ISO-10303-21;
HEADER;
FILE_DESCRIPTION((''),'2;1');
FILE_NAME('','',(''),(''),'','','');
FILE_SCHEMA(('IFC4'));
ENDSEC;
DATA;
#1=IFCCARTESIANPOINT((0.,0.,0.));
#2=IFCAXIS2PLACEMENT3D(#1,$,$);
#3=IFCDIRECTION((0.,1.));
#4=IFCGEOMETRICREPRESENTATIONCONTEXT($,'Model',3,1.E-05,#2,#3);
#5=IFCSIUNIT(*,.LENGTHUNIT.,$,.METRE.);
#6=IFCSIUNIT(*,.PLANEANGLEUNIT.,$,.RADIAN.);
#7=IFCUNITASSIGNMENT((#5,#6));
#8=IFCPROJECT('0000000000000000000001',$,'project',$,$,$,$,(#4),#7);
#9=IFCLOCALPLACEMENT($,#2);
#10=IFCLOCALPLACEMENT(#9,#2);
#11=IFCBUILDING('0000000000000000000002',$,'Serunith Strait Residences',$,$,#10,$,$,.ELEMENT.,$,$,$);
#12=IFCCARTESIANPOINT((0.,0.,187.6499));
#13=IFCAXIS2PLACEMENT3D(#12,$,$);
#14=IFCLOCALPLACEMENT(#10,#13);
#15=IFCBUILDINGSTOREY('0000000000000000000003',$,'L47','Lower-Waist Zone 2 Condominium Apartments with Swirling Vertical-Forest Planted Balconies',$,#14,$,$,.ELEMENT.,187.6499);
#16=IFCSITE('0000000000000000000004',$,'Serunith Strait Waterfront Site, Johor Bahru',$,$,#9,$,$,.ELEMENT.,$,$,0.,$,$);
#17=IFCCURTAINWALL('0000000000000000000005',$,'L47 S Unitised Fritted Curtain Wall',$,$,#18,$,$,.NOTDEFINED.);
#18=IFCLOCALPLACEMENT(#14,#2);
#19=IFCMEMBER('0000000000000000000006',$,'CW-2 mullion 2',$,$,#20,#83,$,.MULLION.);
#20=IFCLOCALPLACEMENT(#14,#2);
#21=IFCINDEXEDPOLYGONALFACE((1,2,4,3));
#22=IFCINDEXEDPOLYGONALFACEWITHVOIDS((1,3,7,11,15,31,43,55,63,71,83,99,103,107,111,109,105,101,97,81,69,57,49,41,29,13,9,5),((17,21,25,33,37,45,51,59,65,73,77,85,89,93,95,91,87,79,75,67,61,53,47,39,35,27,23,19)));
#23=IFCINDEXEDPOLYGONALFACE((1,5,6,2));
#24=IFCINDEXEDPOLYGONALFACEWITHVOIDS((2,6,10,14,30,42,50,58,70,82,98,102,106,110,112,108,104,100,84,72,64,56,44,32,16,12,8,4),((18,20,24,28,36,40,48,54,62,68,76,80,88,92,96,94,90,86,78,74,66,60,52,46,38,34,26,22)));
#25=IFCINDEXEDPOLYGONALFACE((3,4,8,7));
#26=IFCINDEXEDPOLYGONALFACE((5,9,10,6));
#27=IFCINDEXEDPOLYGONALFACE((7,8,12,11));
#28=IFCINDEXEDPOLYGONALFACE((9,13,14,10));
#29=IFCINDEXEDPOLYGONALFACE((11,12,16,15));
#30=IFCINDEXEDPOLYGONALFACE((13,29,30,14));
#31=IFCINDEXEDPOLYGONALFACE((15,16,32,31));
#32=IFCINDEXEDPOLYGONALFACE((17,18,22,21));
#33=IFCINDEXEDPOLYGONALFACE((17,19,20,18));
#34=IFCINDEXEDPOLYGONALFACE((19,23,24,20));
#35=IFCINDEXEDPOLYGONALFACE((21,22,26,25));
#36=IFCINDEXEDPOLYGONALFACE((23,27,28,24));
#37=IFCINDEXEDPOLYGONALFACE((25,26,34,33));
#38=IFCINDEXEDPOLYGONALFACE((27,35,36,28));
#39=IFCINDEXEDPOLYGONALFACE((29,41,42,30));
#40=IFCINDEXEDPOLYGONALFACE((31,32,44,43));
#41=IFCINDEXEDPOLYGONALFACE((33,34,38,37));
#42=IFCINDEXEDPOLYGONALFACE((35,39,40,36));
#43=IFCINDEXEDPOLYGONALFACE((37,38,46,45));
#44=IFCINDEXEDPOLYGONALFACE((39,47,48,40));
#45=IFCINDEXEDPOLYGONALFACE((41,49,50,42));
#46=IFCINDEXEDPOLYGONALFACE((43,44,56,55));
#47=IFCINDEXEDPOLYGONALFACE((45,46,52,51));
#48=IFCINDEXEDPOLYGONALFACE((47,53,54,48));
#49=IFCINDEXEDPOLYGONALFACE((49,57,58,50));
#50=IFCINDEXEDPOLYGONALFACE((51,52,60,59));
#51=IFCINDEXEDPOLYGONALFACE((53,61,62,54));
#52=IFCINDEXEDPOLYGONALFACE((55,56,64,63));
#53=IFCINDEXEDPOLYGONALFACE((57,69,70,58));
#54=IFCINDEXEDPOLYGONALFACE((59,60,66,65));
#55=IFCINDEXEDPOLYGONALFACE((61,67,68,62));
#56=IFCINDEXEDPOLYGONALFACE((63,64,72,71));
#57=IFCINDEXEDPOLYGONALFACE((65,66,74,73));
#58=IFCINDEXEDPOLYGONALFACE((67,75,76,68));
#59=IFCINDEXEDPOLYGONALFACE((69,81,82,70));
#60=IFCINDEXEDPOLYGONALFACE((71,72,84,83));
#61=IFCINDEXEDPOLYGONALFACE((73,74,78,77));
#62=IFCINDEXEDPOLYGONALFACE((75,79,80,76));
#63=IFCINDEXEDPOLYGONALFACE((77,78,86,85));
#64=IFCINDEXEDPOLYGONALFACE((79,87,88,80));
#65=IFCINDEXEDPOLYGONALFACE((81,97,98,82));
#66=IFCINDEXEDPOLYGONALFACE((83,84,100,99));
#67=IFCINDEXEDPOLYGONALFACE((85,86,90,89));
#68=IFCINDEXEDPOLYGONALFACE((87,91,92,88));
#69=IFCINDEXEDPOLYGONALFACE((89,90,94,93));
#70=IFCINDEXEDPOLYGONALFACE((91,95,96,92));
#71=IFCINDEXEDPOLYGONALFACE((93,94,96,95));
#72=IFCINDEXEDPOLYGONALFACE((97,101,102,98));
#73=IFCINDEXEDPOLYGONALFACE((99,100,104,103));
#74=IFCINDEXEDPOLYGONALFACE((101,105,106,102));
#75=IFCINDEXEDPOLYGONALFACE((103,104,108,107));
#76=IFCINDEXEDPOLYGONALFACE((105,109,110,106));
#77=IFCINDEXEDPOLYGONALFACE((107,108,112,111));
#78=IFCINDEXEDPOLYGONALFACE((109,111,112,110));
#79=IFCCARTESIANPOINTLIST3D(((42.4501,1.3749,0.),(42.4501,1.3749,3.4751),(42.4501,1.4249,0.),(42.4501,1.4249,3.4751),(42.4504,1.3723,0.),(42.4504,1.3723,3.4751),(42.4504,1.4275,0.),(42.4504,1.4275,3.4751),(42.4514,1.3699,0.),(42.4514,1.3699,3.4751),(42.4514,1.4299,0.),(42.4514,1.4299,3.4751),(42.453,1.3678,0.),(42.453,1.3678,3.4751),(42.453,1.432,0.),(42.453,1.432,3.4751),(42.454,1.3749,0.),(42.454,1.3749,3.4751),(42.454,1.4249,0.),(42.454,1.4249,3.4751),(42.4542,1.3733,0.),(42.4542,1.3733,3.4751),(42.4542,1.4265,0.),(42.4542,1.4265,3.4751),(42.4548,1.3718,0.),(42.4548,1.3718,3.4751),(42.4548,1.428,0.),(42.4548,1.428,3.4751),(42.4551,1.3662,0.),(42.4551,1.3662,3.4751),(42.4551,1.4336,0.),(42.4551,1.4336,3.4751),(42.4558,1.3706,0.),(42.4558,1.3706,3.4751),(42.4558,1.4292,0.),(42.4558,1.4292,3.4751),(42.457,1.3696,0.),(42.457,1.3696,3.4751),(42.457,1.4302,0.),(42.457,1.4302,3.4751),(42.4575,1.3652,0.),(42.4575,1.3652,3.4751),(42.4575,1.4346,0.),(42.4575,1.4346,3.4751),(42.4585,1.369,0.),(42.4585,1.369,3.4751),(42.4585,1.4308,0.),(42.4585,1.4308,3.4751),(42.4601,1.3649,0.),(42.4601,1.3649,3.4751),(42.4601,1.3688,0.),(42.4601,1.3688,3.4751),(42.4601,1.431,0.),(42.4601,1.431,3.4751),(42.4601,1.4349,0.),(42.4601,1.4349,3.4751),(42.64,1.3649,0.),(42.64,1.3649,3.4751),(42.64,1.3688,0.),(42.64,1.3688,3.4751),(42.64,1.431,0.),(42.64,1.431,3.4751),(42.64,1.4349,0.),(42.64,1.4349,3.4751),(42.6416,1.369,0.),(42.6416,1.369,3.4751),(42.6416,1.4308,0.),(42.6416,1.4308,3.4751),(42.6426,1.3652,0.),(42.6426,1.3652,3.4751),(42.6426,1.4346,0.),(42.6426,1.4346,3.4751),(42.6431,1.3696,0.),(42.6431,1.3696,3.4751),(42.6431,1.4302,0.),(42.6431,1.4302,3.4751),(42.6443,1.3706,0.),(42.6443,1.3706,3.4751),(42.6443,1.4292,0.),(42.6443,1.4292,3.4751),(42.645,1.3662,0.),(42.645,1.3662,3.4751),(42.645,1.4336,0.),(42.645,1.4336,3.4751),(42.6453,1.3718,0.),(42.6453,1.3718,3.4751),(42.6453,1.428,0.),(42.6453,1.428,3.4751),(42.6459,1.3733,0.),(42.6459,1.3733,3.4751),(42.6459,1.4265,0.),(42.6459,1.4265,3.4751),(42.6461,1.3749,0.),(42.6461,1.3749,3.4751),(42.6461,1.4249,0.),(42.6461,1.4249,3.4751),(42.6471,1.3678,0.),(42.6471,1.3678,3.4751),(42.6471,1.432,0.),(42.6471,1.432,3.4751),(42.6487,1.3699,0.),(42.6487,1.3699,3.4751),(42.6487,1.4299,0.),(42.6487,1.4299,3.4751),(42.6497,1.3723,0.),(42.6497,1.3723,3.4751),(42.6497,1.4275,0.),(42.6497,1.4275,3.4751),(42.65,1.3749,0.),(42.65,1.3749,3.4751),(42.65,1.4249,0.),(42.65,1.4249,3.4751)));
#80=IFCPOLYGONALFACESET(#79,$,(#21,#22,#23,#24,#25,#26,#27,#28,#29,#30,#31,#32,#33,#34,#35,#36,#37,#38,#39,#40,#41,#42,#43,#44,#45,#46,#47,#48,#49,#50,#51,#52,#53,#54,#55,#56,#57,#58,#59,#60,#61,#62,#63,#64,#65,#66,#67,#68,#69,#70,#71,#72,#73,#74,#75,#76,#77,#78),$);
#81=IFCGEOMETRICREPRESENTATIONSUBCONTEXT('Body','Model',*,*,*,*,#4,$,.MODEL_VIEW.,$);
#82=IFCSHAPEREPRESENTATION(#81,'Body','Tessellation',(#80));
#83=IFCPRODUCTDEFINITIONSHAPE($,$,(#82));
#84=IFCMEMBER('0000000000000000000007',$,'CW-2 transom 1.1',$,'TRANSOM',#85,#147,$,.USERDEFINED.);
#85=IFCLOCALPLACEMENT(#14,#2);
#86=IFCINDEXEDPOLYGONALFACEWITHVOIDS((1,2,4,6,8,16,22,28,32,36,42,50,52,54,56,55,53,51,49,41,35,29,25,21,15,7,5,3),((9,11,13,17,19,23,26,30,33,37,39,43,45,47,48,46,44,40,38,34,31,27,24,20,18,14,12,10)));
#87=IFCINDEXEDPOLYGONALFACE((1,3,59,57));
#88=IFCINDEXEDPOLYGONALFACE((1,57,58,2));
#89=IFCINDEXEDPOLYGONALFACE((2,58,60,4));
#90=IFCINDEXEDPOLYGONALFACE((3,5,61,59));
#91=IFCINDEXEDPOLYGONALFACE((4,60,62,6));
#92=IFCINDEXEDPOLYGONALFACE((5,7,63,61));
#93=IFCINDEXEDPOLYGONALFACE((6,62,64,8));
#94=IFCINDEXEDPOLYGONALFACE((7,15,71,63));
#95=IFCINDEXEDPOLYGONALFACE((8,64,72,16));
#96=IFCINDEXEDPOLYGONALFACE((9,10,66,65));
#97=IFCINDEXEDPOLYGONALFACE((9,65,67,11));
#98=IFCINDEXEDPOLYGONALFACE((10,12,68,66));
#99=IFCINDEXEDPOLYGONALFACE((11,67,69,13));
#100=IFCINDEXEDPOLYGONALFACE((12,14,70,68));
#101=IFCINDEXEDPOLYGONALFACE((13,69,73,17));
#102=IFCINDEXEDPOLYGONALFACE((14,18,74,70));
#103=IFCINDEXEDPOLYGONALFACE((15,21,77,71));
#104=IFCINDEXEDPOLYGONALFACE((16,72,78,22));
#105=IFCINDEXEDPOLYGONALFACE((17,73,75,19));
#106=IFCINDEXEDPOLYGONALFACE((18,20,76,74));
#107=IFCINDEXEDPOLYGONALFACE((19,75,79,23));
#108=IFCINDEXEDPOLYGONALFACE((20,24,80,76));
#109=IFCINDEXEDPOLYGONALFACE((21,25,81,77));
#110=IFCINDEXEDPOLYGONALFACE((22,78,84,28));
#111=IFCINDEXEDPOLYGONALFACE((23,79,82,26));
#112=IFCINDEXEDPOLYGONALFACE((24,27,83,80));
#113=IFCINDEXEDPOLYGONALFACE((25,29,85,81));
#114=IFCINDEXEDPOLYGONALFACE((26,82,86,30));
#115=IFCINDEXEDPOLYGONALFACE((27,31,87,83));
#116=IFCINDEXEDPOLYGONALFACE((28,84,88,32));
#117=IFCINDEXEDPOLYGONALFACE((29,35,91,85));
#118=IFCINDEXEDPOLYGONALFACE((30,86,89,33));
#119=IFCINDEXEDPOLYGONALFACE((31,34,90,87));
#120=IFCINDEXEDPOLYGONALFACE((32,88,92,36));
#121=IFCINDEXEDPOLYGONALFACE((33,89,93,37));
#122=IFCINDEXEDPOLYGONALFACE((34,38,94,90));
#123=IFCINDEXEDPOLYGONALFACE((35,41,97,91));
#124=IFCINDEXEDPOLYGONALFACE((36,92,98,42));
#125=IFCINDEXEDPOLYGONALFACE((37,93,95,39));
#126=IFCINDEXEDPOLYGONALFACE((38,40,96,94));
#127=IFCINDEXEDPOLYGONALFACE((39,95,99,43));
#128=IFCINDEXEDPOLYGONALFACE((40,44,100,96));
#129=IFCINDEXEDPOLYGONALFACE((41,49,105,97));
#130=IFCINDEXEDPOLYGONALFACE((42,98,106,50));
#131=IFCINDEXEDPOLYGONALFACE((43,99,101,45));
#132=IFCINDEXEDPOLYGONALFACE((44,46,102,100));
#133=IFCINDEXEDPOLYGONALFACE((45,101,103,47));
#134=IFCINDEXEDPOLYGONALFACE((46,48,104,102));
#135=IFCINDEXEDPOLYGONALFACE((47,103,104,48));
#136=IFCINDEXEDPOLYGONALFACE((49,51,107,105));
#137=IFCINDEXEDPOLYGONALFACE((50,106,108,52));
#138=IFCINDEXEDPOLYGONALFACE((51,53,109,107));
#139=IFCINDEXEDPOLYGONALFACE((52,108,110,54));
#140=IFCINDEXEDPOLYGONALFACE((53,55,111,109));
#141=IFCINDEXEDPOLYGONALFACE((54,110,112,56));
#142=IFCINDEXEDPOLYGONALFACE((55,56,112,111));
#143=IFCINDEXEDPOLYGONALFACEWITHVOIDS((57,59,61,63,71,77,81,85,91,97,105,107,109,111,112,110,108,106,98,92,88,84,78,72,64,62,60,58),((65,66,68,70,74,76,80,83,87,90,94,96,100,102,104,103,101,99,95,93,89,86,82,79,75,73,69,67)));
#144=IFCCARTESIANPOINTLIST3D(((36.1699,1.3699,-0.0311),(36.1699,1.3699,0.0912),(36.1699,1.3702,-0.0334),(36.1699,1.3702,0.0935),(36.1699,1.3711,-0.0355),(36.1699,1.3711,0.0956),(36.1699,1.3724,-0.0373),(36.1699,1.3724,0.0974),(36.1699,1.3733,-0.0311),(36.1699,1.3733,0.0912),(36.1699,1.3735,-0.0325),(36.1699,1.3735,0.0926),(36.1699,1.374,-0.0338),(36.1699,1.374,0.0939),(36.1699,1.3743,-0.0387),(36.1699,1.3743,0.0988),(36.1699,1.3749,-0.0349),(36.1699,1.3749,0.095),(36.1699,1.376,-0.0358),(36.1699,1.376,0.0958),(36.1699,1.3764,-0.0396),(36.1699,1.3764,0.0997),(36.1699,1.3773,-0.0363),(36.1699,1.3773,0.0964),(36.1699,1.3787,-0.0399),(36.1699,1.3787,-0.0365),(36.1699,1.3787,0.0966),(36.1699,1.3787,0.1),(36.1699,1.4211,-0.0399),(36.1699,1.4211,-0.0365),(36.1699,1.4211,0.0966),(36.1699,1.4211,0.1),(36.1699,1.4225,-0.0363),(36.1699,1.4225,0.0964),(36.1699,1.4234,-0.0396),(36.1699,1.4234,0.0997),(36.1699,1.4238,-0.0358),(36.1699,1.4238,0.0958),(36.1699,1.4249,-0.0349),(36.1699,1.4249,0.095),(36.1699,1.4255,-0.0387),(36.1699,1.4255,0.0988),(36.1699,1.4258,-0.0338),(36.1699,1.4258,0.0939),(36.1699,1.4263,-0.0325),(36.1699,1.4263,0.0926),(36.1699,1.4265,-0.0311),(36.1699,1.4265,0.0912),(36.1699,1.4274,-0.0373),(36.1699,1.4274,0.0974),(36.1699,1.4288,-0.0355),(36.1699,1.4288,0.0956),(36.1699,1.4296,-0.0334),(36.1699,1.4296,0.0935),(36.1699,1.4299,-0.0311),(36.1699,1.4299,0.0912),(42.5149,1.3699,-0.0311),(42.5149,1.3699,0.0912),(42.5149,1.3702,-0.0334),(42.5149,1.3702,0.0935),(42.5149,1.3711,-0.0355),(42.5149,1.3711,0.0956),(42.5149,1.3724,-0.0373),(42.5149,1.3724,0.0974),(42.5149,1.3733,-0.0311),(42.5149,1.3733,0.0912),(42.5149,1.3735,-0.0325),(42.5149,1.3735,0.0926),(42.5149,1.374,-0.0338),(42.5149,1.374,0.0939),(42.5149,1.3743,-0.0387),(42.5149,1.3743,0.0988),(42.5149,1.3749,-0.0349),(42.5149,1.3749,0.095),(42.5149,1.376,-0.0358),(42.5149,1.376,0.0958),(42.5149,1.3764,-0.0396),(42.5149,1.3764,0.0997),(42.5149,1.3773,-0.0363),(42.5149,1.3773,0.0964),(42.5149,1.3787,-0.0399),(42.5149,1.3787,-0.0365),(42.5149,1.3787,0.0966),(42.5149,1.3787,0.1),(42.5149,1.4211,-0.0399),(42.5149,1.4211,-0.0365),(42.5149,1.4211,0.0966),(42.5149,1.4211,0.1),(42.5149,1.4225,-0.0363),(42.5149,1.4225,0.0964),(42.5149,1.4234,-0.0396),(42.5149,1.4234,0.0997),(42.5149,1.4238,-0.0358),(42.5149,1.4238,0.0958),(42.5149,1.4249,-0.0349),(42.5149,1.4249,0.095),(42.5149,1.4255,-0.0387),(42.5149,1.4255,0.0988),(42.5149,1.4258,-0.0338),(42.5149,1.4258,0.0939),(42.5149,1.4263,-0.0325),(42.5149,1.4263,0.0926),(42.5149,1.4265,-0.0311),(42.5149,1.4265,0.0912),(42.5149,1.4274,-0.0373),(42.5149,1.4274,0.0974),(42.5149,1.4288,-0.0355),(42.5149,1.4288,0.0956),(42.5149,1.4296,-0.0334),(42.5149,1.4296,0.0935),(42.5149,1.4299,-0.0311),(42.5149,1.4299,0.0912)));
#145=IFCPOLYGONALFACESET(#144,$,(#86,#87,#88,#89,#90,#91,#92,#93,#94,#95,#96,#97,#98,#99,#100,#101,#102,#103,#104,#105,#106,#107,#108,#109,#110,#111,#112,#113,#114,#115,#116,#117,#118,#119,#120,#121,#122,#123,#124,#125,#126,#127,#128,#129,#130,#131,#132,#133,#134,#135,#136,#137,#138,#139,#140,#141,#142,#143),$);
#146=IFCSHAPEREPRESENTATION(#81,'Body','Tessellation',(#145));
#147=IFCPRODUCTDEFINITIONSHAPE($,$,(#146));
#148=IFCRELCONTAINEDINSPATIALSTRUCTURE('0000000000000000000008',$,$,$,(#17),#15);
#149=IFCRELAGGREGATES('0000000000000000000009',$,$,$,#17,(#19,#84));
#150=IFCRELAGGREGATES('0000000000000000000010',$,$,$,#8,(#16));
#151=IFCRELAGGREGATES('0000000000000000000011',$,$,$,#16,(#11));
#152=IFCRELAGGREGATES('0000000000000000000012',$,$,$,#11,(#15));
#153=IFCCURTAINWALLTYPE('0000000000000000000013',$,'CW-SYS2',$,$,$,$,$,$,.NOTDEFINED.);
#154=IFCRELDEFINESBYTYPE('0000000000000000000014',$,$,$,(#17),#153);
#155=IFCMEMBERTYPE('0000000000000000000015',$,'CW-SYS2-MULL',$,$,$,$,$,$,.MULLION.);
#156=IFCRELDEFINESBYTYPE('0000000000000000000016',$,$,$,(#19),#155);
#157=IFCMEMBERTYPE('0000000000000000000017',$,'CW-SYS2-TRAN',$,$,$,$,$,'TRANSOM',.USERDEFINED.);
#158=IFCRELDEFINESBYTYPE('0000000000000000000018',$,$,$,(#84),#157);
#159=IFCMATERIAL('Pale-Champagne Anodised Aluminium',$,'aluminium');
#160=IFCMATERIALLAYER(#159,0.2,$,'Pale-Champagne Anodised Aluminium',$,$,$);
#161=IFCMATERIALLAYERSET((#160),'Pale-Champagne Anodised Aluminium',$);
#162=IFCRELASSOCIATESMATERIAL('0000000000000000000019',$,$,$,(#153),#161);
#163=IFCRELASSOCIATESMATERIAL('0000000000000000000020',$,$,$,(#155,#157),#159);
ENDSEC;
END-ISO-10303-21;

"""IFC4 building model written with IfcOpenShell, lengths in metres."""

from ifc_helpers import new_model, si_unit, direction, frame, origin, origin_2d, place, context, subcontext, project, spatial, hollow_rectangle, extrude, source, transform, mapped, material, layer, layer_set, material_profile, profile_set, type_object, element, aggregate, save


model = new_model("IFC4")

# Units and contexts
model_context = context("Model", 3, precision=1e-05, world=origin(), true_north=direction((0.0, 1.0)))
body_context = subcontext(model_context, "Body", "Model", "MODEL_VIEW")
ifc_project = project(units=[si_unit("LENGTHUNIT", "METRE"), si_unit("PLANEANGLEUNIT", "RADIAN")], contexts=[model_context])

# Site, building, storey
site_placement = place(None, origin())
site = spatial("IfcSite", under=ifc_project, at=site_placement, Name="Serunith Strait Waterfront Site, Johor Bahru", CompositionType="ELEMENT", RefElevation=0.0)
building_placement = place(site_placement, origin())
building = spatial("IfcBuilding", under=site, at=building_placement, Name="Serunith Strait Residences", CompositionType="ELEMENT")
storey_placement = place(building_placement, frame((0.0, 0.0, 187.6499)))
storey = spatial("IfcBuildingStorey", under=building, at=storey_placement, Name="L47", Description="Lower-Waist Zone 2 Condominium Apartments with Swirling Vertical-Forest Planted Balconies", CompositionType="ELEMENT", Elevation=187.6499)

# Shared definitions
ifc_material_1 = material(Name="Pale-Champagne Anodised Aluminium", Category="aluminium")
ifc_layer_1 = layer(ifc_material_1, 0.2, Name="Pale-Champagne Anodised Aluminium")
ifc_layer_set_1 = layer_set([ifc_layer_1], Name="Pale-Champagne Anodised Aluminium")
curtain_wall_type = type_object("IfcCurtainWallType", Name="CW-SYS2", PredefinedType="NOTDEFINED", material=ifc_layer_set_1)
ifc_material_profile_1 = material_profile(ifc_material_1, hollow_rectangle(XDim=0.0701, YDim=0.2, WallThickness=0.0039, InnerFilletRadius=0.0061, OuterFilletRadius=0.01, at=origin_2d()), Name="ALU 200x70x4")
ifc_profile_set_1 = profile_set([ifc_material_profile_1], Name="Pale-Champagne Anodised Aluminium")
member_type_1 = type_object("IfcMemberType", Name="CW-SYS2-MULL", PredefinedType="MULLION", material=ifc_profile_set_1)
shared_shape_1 = source(origin(), body_context, "Body", "SweptSolid", [
    extrude(hollow_rectangle(XDim=0.0701, YDim=0.2, WallThickness=0.0039, InnerFilletRadius=0.0061, OuterFilletRadius=0.01, at=origin_2d()), origin(), (0.0, 0.0, 1.0), 3.4751),
])

# Curtain wall, members
curtain_wall_1_placement = place(storey_placement, origin())
curtain_wall_1 = element("IfcCurtainWall", 1, at=curtain_wall_1_placement, inside=storey, type_object=curtain_wall_type, Name="L47 S Unitised Fritted Curtain Wall", PredefinedType="NOTDEFINED")
member_1_placement = place(storey_placement, frame((42.55, 1.3999, 0.0), z_axis=(0.0, 0.0, 1.0), x_axis=(0.0, 1.0, 0.0)))
member_1 = element("IfcMember", 2, at=member_1_placement, type_object=member_type_1, Name="CW-2 mullion 2", PredefinedType="MULLION", context=body_context, shape_type="MappedRepresentation", body=[
    mapped(shared_shape_1, transform((0.0, 0.0, 0.0), scale=1.0)),
])
ifc_material_profile_2 = material_profile(ifc_material_1, hollow_rectangle(XDim=0.0601, YDim=0.1399, WallThickness=0.0034, InnerFilletRadius=0.0054, OuterFilletRadius=0.0088, at=origin_2d()), Name="ALU 140x60x3.5")
ifc_profile_set_2 = profile_set([ifc_material_profile_2], Name="Pale-Champagne Anodised Aluminium")
member_type_2 = type_object("IfcMemberType", Name="CW-SYS2-TRAN", ElementType="TRANSOM", PredefinedType="USERDEFINED", material=ifc_profile_set_2)
shared_shape_2 = source(origin(), body_context, "Body", "SweptSolid", [
    extrude(hollow_rectangle(XDim=0.0601, YDim=0.1399, WallThickness=0.0034, InnerFilletRadius=0.0054, OuterFilletRadius=0.0088, at=origin_2d()), origin(), (0.0, 0.0, 1.0), 6.345),
])
member_2_placement = place(storey_placement, frame((36.1699, 1.3999, 0.03), z_axis=(1.0, 0.0, 0.0), x_axis=(0.0, 1.0, 0.0)))
member_2 = element("IfcMember", 3, at=member_2_placement, type_object=member_type_2, Name="CW-2 transom 1.1", ObjectType="TRANSOM", PredefinedType="USERDEFINED", context=body_context, shape_type="MappedRepresentation", body=[
    mapped(shared_shape_2, transform((0.0, 0.0, 0.0), scale=1.0)),
])
aggregate(curtain_wall_1, [member_1, member_2])

save(model, "model.ifc")
